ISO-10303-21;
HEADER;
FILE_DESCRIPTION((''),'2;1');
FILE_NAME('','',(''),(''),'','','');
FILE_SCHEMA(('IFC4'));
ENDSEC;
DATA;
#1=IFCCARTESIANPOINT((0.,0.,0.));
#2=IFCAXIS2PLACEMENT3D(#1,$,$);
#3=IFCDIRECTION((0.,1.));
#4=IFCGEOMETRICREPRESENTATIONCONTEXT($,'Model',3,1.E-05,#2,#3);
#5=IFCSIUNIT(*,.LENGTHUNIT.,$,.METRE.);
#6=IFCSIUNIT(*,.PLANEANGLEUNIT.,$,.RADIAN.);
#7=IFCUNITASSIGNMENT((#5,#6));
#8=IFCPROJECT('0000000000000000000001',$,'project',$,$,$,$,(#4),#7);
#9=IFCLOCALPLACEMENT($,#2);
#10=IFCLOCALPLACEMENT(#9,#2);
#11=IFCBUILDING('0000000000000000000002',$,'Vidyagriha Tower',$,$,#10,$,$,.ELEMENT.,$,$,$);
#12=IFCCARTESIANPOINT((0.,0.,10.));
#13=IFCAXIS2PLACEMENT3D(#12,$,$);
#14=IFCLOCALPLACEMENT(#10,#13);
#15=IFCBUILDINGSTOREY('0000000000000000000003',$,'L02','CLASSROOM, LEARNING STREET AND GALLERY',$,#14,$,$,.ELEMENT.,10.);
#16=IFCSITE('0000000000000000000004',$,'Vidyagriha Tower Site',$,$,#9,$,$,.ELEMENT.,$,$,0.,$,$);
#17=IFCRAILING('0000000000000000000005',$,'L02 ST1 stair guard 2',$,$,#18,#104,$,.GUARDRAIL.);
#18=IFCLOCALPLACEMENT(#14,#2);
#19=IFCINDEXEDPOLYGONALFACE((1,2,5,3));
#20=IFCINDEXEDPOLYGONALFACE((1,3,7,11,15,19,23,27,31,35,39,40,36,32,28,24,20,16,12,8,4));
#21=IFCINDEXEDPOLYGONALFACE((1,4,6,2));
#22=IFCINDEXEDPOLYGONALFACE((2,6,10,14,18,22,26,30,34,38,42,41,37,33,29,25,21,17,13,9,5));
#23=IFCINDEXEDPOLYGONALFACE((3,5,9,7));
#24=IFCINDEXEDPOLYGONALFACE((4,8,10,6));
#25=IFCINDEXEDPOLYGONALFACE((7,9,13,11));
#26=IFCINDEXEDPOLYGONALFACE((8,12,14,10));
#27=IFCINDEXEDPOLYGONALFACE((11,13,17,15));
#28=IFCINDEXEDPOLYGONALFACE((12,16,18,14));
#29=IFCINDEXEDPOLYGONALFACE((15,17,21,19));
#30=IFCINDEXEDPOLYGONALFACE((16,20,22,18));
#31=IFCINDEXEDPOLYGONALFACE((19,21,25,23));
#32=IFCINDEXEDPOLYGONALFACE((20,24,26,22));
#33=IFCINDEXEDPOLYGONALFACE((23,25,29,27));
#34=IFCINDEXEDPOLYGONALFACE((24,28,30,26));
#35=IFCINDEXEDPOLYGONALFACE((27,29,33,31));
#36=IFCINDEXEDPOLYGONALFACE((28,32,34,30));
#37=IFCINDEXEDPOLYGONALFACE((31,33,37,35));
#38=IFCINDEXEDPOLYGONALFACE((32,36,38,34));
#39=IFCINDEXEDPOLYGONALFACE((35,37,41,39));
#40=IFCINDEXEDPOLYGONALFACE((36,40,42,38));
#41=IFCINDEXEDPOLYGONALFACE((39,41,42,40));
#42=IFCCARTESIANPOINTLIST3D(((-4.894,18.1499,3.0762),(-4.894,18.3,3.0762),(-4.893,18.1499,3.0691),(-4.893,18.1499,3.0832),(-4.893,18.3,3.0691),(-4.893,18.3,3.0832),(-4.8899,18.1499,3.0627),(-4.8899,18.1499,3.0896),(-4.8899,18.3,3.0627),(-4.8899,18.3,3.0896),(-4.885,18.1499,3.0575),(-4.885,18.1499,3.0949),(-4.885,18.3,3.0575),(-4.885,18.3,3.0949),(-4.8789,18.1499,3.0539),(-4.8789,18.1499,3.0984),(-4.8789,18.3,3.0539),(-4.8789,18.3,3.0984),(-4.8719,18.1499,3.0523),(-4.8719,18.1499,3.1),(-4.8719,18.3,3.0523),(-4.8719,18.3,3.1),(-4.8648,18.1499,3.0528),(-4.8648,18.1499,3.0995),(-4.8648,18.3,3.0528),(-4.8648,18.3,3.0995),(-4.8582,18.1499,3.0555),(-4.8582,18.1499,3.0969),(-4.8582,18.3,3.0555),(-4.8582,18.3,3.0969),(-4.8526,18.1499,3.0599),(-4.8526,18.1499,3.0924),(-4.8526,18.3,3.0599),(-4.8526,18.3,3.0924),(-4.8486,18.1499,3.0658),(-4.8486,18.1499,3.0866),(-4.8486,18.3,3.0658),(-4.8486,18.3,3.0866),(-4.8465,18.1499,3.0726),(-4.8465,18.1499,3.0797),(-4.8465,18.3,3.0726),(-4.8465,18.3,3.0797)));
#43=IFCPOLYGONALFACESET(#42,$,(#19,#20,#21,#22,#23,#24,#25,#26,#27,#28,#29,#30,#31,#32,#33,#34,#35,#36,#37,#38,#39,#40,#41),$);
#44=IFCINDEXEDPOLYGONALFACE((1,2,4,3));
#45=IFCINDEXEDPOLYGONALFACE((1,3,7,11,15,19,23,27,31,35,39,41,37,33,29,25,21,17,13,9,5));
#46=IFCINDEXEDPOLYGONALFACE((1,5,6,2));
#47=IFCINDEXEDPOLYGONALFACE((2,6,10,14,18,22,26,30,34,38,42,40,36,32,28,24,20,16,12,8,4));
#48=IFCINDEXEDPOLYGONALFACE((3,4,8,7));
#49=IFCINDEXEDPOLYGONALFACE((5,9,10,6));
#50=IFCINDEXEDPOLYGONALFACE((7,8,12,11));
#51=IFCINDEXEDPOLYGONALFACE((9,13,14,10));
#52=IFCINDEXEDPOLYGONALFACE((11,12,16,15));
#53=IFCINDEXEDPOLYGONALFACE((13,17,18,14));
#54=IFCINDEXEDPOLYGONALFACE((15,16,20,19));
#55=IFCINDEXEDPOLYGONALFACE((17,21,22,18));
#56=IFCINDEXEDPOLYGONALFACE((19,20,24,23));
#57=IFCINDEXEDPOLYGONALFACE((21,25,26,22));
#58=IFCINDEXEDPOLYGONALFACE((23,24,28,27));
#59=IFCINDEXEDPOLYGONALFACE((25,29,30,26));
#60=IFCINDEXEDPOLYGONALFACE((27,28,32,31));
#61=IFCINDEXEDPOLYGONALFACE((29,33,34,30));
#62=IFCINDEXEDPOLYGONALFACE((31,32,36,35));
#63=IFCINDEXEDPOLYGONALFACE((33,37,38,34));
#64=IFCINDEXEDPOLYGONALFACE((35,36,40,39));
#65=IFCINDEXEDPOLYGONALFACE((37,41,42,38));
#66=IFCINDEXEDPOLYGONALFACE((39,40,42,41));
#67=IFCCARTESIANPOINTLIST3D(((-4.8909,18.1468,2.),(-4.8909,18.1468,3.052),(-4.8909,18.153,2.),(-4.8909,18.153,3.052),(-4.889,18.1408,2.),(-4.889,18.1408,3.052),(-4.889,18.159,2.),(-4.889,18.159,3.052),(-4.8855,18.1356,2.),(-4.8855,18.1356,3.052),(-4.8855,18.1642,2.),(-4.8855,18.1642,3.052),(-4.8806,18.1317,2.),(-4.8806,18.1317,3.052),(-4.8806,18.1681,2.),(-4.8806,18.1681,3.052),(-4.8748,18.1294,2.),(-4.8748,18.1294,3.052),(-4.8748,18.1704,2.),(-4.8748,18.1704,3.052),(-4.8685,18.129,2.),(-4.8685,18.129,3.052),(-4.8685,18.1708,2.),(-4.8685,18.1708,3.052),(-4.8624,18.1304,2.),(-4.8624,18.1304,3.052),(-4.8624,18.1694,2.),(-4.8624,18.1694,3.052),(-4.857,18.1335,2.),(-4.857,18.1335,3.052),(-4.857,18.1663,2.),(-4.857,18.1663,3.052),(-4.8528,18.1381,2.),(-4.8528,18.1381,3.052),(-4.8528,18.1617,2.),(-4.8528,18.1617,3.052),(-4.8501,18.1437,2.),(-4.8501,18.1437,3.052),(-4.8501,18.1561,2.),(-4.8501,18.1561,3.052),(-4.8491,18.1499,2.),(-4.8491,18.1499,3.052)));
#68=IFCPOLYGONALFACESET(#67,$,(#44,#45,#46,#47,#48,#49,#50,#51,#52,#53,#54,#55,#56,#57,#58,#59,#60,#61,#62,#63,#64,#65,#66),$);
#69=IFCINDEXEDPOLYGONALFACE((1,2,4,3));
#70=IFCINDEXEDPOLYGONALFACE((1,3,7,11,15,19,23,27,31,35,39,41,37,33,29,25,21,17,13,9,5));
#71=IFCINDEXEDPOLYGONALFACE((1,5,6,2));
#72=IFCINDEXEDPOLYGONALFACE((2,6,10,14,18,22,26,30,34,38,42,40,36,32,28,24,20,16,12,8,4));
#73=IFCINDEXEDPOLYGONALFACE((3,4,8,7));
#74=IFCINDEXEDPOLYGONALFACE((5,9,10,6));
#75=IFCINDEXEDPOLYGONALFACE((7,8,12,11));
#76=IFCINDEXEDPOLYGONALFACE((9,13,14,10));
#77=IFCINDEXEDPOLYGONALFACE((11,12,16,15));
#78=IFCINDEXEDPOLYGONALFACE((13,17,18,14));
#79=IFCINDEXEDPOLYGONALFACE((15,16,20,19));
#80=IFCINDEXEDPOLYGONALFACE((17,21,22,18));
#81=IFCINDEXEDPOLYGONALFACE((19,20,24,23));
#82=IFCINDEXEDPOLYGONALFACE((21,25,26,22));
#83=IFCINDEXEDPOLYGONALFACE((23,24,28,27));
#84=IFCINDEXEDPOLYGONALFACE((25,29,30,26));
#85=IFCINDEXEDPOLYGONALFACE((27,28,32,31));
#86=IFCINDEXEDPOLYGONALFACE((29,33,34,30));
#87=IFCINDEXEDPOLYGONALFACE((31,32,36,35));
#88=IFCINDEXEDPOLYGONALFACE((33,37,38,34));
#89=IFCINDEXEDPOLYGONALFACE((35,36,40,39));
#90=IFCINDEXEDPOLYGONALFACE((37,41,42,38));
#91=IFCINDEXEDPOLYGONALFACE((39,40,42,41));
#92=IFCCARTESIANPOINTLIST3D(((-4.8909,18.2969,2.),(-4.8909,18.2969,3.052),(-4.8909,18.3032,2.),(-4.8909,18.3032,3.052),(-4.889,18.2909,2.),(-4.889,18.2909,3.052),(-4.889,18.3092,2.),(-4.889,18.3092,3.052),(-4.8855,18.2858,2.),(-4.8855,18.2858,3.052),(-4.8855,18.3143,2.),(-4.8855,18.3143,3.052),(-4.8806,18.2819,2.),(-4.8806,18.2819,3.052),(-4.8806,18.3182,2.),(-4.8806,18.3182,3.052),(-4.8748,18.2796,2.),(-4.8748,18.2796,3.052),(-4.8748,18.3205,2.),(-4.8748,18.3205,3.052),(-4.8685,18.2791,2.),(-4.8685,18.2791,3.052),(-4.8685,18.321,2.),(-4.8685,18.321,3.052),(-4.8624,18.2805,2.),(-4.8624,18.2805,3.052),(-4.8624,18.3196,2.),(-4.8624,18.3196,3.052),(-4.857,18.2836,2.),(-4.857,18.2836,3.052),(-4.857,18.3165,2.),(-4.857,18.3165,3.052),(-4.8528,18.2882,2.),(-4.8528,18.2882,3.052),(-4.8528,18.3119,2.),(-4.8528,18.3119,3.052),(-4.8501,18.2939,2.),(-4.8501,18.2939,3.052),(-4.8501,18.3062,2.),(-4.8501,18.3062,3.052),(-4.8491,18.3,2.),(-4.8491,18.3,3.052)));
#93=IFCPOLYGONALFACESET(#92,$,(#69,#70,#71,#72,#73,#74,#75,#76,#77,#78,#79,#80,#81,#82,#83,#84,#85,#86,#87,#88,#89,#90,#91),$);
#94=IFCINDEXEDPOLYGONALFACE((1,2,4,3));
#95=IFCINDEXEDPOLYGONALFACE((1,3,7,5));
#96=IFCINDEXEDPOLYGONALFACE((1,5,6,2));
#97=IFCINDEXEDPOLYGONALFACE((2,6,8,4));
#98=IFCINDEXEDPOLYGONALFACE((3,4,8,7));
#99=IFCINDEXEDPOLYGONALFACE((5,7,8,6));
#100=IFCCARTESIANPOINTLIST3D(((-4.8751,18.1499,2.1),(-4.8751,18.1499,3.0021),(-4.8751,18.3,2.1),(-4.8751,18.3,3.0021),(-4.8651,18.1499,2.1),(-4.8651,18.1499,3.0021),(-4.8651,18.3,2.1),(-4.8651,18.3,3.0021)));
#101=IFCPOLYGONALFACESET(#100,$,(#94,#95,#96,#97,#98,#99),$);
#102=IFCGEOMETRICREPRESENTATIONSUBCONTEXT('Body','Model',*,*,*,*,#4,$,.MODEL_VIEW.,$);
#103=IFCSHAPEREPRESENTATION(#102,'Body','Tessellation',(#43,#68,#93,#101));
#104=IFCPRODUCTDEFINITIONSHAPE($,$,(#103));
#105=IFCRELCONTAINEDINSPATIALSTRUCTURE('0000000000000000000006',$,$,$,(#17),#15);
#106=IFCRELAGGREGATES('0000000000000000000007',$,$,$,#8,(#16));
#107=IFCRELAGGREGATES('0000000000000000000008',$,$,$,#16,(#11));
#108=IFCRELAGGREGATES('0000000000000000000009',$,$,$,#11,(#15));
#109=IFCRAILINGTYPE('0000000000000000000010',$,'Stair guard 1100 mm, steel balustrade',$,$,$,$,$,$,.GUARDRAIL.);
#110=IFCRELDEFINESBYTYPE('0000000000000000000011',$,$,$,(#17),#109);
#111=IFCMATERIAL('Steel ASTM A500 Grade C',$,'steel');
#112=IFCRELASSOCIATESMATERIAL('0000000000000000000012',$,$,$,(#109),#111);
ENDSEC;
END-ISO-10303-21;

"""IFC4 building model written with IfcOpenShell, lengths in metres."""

from ifc_helpers import new_model, si_unit, direction, frame, origin, origin_2d, place, context, subcontext, project, spatial, rectangle, circle, extrude, material, type_object, element, save


model = new_model("IFC4")

# Units and contexts
model_context = context("Model", 3, precision=1e-05, world=origin(), true_north=direction((0.0, 1.0)))
body_context = subcontext(model_context, "Body", "Model", "MODEL_VIEW")
ifc_project = project(units=[si_unit("LENGTHUNIT", "METRE"), si_unit("PLANEANGLEUNIT", "RADIAN")], contexts=[model_context])

# Site, building, storey
site_placement = place(None, origin())
site = spatial("IfcSite", under=ifc_project, at=site_placement, Name="Vidyagriha Tower Site", CompositionType="ELEMENT", RefElevation=0.0)
building_placement = place(site_placement, origin())
building = spatial("IfcBuilding", under=site, at=building_placement, Name="Vidyagriha Tower", CompositionType="ELEMENT")
storey_placement = place(building_placement, frame((0.0, 0.0, 10.0)))
storey = spatial("IfcBuildingStorey", under=building, at=storey_placement, Name="L02", Description="CLASSROOM, LEARNING STREET AND GALLERY", CompositionType="ELEMENT", Elevation=10.0)

# Railing
ifc_material_1 = material(Name="Steel ASTM A500 Grade C", Category="steel")
railing_type_1 = type_object("IfcRailingType", Name="Stair guard 1100 mm, steel balustrade", PredefinedType="GUARDRAIL", material=ifc_material_1)
railing_1_placement = place(storey_placement, frame((-4.8701, 18.1499, 2.0)))
element("IfcRailing", 1, at=railing_1_placement, inside=storey, type_object=railing_type_1, Name="L02 ST1 stair guard 2", PredefinedType="GUARDRAIL", context=body_context, shape_type="SweptSolid", body=[
    extrude(circle(Radius=0.0239, at=origin_2d()), frame((0.0, 0.0, 1.0762), z_axis=(0.0, 1.0, 0.0), x_axis=(-1.0, 0.0, 0.0)), (0.0, 0.0, 1.0), 0.1501),
    extrude(circle(Radius=0.021, at=origin_2d()), origin(), (0.0, 0.0, 1.0), 1.052),
    extrude(circle(Radius=0.021, at=origin_2d()), frame((0.0, 0.1501, 0.0)), (0.0, 0.0, 1.0), 1.052),
    extrude(rectangle(XDim=0.01, YDim=0.9021, at=origin_2d()), frame((0.0, 0.0, 0.551), z_axis=(0.0, 1.0, 0.0), x_axis=(-1.0, 0.0, 0.0)), (0.0, 0.0, 1.0), 0.1501),
])

save(model, "model.ifc")
